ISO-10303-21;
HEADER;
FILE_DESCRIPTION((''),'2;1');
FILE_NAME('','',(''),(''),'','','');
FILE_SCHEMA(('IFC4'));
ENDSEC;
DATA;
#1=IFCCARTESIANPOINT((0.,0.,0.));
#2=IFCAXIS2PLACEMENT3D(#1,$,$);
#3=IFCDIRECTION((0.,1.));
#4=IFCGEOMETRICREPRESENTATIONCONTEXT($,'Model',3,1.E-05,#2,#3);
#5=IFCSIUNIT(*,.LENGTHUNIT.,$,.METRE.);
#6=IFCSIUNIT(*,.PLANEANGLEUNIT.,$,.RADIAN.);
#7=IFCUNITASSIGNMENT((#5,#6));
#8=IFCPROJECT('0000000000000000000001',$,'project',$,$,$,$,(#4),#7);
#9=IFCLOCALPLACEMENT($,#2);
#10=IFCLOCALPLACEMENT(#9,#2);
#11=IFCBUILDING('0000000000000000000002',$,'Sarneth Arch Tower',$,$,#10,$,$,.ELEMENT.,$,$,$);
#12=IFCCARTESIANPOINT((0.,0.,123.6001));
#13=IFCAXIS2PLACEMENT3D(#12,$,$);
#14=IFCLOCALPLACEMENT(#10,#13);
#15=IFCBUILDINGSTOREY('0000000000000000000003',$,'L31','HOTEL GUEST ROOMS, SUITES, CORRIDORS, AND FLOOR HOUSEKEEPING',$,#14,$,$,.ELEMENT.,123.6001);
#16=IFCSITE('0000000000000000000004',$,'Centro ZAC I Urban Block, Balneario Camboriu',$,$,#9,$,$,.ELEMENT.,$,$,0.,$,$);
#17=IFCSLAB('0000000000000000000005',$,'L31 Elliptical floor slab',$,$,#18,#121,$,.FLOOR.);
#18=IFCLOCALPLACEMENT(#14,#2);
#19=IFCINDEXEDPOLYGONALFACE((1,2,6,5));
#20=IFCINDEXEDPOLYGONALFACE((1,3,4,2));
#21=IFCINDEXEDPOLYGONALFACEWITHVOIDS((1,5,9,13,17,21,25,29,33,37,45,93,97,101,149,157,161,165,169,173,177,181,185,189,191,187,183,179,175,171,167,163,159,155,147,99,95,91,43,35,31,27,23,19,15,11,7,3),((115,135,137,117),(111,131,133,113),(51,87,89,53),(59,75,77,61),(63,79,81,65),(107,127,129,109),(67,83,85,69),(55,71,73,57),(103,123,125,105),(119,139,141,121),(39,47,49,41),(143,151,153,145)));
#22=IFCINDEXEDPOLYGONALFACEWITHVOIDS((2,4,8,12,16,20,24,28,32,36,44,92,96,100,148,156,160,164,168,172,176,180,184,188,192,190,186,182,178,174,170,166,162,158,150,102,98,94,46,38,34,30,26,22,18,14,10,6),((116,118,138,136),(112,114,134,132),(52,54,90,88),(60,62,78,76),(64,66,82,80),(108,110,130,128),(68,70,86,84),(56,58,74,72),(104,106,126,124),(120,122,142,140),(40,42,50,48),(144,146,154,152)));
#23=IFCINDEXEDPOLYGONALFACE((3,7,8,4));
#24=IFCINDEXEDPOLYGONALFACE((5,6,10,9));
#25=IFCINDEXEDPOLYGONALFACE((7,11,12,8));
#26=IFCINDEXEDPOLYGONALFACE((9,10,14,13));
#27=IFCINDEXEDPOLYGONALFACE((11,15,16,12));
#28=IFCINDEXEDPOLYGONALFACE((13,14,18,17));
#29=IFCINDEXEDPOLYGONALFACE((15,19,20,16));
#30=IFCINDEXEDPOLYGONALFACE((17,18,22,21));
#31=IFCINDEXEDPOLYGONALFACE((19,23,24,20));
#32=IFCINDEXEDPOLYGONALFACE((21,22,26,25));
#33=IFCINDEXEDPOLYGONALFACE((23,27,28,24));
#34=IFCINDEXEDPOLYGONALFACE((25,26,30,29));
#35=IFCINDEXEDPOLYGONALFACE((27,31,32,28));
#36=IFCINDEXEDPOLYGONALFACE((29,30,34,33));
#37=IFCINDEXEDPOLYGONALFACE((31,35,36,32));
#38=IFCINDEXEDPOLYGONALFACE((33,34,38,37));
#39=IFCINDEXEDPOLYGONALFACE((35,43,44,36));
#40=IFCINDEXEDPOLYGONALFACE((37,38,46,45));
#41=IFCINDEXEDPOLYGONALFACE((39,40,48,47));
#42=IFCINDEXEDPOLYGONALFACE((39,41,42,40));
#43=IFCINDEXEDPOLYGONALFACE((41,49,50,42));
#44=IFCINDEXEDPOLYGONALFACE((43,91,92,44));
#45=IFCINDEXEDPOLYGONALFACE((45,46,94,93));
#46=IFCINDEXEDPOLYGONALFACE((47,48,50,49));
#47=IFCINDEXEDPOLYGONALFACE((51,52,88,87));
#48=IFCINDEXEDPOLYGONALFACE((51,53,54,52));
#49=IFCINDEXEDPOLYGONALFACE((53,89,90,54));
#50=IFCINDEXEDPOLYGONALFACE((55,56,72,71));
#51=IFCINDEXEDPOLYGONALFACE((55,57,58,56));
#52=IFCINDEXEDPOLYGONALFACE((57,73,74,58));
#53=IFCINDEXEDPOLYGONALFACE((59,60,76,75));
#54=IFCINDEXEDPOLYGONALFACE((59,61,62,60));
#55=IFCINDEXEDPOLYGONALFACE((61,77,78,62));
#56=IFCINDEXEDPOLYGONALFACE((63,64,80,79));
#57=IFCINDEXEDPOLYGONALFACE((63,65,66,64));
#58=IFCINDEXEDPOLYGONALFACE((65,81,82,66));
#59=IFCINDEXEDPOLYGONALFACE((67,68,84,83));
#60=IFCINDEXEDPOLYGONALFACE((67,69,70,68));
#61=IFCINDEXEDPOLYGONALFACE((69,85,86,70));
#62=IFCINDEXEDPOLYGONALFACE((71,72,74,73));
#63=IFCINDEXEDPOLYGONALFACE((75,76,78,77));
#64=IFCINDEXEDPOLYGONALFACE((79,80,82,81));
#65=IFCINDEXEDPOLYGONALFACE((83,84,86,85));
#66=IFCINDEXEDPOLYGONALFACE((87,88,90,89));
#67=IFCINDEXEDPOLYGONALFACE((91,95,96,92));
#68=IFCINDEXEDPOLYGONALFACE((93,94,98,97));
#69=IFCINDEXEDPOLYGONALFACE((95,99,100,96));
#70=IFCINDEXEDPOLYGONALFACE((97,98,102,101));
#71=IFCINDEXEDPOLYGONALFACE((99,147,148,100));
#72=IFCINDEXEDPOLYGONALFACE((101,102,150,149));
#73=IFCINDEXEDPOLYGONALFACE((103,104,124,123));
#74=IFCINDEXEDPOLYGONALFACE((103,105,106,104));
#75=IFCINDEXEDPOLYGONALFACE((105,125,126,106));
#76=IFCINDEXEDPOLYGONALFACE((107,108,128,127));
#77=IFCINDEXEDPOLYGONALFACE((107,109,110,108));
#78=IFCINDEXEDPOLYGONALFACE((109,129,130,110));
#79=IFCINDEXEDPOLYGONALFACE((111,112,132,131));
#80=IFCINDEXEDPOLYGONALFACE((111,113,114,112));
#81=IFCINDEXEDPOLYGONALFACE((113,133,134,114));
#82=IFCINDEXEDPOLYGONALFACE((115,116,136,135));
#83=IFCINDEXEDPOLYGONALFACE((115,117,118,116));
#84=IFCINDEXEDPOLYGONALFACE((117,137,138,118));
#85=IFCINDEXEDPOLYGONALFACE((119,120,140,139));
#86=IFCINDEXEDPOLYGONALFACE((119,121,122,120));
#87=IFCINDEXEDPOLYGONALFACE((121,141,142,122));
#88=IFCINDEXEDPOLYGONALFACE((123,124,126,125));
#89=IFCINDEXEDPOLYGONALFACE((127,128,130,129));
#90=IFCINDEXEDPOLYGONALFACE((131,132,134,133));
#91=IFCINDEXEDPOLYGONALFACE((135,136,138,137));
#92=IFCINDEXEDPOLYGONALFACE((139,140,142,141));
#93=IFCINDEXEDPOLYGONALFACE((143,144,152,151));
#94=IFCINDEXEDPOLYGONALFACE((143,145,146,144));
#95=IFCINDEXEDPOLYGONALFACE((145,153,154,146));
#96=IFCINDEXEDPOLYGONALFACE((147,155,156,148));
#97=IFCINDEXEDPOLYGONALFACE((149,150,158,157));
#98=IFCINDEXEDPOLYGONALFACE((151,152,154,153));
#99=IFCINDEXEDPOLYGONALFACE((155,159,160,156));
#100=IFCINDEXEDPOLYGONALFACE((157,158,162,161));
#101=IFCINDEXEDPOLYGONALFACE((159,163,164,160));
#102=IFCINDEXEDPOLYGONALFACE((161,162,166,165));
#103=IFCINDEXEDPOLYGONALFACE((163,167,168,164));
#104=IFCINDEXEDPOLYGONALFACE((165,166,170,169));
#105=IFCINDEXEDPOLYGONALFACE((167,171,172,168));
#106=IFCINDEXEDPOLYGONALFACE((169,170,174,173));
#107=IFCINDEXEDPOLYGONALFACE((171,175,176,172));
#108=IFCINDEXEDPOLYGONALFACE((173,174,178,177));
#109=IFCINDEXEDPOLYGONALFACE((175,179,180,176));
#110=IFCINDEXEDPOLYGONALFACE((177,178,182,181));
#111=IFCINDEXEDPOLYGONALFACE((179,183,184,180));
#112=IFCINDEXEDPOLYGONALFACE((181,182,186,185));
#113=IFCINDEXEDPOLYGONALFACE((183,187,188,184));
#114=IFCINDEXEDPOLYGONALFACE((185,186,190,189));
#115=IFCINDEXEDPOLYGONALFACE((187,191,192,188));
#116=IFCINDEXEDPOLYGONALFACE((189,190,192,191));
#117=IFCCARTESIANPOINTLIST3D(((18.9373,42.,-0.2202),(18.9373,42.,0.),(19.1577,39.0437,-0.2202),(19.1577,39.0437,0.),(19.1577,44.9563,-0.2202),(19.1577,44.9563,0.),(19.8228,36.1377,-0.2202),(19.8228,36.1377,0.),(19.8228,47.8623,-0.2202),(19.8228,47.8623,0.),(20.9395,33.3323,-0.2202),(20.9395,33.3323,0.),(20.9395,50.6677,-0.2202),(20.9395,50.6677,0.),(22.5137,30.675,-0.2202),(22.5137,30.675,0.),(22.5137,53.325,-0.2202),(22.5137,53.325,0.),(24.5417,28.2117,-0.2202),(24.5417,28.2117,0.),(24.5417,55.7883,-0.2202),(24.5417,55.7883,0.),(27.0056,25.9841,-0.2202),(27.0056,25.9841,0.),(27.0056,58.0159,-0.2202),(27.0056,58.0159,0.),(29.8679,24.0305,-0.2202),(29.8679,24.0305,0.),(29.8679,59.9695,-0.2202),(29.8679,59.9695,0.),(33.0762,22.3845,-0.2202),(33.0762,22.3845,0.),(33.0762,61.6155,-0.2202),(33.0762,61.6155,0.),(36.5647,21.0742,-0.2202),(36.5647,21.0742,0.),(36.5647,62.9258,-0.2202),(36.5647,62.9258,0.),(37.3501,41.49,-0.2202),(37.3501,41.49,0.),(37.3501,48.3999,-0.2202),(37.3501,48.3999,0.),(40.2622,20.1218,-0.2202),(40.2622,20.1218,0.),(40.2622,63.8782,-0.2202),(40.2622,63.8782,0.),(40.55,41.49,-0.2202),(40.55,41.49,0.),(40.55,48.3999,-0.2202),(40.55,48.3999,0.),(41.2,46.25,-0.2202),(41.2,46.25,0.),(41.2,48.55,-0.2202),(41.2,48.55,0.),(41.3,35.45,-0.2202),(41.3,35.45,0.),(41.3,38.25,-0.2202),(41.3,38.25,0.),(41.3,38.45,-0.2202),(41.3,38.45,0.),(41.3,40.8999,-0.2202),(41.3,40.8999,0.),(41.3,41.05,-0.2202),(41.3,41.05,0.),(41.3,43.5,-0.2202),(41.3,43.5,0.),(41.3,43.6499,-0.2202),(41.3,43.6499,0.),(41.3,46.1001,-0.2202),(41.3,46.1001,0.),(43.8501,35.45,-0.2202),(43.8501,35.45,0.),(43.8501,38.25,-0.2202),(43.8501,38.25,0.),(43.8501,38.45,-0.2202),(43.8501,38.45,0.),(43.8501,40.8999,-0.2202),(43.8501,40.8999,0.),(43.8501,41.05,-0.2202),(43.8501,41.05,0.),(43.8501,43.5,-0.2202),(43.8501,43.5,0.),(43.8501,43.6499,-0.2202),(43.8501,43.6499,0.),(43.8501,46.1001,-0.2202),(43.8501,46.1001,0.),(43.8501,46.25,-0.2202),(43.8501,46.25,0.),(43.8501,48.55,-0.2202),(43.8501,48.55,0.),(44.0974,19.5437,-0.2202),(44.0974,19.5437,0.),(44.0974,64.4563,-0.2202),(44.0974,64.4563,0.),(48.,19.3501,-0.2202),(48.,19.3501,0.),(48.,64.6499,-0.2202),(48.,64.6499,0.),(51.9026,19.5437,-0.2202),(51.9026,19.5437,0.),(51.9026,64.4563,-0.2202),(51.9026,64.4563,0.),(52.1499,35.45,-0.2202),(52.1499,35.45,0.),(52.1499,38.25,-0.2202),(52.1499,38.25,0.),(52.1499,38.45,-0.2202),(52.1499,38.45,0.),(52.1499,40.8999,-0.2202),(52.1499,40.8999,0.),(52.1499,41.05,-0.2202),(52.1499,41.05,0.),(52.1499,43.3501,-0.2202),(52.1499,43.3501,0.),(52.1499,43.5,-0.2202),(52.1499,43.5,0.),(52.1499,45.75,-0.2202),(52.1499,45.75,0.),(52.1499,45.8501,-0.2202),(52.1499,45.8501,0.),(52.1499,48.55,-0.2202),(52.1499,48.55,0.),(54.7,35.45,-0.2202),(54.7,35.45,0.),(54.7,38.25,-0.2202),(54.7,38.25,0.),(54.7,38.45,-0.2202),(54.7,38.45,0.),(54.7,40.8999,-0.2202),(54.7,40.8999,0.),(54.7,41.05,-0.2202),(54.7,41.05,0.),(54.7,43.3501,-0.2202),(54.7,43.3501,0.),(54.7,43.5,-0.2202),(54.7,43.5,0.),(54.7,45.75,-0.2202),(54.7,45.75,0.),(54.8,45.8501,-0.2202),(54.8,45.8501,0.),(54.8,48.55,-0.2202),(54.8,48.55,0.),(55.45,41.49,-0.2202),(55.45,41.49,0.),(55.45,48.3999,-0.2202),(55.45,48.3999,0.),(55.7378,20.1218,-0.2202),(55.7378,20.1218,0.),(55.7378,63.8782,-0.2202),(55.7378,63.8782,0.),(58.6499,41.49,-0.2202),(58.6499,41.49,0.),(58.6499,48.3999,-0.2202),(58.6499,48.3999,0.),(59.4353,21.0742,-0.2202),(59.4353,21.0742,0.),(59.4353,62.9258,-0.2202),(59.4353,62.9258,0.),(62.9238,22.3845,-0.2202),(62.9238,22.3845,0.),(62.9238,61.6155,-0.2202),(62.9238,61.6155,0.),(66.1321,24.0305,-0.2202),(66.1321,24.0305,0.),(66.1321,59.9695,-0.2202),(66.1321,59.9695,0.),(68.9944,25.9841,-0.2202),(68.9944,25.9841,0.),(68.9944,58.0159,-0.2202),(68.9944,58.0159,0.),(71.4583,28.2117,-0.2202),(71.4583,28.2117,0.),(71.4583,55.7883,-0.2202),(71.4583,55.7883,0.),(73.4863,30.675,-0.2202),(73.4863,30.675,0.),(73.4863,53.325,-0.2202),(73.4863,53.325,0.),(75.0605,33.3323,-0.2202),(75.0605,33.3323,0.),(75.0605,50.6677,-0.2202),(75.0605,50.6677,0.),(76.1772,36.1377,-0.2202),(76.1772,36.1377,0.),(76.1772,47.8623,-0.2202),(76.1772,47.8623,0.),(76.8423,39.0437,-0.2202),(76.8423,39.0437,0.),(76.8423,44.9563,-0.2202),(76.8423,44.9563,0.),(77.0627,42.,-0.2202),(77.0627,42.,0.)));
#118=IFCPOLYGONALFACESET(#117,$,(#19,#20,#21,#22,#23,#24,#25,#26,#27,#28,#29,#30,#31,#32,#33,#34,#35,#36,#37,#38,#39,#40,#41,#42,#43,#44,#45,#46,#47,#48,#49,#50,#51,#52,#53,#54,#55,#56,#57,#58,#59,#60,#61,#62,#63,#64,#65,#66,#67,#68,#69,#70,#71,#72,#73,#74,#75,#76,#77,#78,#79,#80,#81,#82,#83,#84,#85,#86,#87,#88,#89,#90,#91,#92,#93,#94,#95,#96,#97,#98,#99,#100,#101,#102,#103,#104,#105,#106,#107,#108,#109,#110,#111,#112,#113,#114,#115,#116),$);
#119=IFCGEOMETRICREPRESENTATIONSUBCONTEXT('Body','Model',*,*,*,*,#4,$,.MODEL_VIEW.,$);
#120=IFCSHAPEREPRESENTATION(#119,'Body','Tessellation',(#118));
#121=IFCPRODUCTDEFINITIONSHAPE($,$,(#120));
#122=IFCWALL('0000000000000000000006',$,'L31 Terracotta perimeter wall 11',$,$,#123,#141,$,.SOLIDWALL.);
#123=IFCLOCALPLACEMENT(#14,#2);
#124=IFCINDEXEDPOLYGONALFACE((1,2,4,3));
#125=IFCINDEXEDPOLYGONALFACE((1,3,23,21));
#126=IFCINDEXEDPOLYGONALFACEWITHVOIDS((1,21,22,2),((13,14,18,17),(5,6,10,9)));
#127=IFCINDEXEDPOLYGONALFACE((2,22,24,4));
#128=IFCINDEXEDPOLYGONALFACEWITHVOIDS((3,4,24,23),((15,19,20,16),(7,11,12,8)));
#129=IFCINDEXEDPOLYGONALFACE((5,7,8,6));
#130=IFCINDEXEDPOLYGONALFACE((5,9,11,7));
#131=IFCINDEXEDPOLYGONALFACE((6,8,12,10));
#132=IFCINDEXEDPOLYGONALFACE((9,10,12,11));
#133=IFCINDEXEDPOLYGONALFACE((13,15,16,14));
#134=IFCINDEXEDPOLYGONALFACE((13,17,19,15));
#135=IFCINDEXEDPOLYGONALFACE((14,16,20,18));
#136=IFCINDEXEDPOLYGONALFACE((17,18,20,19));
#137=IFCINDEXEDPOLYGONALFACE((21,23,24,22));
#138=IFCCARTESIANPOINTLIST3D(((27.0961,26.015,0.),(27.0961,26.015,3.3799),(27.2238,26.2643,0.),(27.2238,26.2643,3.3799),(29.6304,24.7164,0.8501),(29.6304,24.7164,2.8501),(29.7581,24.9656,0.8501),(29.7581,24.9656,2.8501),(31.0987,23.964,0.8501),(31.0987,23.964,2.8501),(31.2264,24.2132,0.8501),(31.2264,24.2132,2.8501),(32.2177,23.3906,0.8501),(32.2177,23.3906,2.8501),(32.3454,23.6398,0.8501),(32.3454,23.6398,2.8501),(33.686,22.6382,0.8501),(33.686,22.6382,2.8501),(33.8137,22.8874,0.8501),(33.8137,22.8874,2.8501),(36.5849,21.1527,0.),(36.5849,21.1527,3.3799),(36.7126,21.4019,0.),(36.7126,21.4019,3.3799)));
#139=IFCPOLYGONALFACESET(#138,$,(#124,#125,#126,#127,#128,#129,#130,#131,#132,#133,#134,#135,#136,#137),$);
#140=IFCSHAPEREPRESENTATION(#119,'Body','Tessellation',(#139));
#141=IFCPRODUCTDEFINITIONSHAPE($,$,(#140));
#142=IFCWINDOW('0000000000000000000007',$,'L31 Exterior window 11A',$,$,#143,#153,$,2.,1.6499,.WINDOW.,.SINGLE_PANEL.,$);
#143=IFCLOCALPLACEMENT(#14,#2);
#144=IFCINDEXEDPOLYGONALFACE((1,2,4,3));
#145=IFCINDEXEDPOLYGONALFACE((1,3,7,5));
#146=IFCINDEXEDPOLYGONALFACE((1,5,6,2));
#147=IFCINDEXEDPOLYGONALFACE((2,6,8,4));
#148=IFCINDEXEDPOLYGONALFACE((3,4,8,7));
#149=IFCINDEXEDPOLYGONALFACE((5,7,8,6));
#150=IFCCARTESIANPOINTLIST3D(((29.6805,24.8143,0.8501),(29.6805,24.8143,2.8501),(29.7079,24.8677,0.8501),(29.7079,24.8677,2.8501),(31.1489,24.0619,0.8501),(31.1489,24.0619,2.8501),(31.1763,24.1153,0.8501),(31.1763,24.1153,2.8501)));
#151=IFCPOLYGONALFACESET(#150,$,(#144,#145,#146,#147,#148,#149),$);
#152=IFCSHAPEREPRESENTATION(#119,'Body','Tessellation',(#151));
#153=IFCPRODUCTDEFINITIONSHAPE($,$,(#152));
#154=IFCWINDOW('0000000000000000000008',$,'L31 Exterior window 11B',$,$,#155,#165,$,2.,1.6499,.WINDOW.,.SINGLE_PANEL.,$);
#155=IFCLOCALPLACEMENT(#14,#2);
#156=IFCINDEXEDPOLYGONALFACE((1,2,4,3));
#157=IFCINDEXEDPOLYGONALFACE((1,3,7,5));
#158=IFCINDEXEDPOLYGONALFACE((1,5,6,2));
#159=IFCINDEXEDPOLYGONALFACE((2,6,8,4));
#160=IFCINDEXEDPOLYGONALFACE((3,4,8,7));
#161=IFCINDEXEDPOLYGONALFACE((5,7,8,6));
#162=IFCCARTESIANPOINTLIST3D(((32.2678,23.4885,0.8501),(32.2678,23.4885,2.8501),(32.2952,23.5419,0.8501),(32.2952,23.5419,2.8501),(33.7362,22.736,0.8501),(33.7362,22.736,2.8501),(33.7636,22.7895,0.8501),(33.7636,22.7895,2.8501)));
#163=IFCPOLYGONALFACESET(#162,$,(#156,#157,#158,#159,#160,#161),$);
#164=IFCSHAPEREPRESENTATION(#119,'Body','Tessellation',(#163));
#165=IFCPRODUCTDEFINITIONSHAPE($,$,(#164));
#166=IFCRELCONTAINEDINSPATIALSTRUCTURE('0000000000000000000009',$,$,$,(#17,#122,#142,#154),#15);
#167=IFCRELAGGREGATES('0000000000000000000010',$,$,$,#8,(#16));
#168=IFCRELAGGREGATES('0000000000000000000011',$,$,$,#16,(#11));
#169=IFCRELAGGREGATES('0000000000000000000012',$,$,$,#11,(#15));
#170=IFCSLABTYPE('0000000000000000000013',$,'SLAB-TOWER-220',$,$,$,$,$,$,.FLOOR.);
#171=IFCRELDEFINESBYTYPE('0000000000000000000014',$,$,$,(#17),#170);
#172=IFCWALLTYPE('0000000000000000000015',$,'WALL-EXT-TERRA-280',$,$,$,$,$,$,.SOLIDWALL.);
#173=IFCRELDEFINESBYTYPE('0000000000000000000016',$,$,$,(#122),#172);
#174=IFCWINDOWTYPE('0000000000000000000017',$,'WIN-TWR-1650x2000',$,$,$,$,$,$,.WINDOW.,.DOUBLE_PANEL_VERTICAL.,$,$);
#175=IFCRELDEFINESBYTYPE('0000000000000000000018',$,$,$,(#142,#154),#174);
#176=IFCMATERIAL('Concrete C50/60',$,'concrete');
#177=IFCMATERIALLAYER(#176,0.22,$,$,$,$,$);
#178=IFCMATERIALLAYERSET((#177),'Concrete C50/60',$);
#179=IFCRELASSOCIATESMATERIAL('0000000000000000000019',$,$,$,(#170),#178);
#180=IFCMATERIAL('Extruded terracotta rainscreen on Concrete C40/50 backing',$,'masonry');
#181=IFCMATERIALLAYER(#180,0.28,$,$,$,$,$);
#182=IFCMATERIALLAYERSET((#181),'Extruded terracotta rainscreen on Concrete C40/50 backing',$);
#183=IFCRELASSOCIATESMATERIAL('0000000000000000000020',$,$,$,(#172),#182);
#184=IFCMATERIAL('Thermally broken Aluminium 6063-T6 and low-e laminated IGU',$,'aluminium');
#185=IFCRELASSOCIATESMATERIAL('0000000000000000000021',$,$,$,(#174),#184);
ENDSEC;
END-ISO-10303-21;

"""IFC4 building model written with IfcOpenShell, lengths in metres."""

from ifc_helpers import new_model, si_unit, direction, frame, frame_2d, origin, place, context, subcontext, project, spatial, polyline, rectangle, outline, extrude, material, layer, layer_set, type_object, element, fill, save


model = new_model("IFC4")

# Units and contexts
model_context = context("Model", 3, precision=1e-05, world=origin(), true_north=direction((0.0, 1.0)))
body_context = subcontext(model_context, "Body", "Model", "MODEL_VIEW")
ifc_project = project(units=[si_unit("LENGTHUNIT", "METRE"), si_unit("PLANEANGLEUNIT", "RADIAN")], contexts=[model_context])

# Site, building, storey
site_placement = place(None, origin())
site = spatial("IfcSite", under=ifc_project, at=site_placement, Name="Centro ZAC I Urban Block, Balneario Camboriu", CompositionType="ELEMENT", RefElevation=0.0)
building_placement = place(site_placement, origin())
building = spatial("IfcBuilding", under=site, at=building_placement, Name="Sarneth Arch Tower", CompositionType="ELEMENT")
storey_placement = place(building_placement, frame((0.0, 0.0, 123.6001)))
storey = spatial("IfcBuildingStorey", under=building, at=storey_placement, Name="L31", Description="HOTEL GUEST ROOMS, SUITES, CORRIDORS, AND FLOOR HOUSEKEEPING", CompositionType="ELEMENT", Elevation=123.6001)

# Slab
ifc_material_1 = material(Name="Concrete C50/60", Category="concrete")
ifc_layer_1 = layer(ifc_material_1, 0.22)
ifc_layer_set_1 = layer_set([ifc_layer_1], Name="Concrete C50/60")
slab_type_1 = type_object("IfcSlabType", Name="SLAB-TOWER-220", PredefinedType="FLOOR", material=ifc_layer_set_1)
slab_1_placement = place(storey_placement, frame((0.0, 0.0, -0.2202)))
element("IfcSlab", 1, at=slab_1_placement, inside=storey, type_object=slab_type_1, Name="L31 Elliptical floor slab", PredefinedType="FLOOR", context=body_context, shape_type="SweptSolid", body=[
    extrude(outline(polyline([(77.0627, 42.0), (76.8423, 44.9563), (76.1772, 47.8623), (75.0605, 50.6677), (73.4863, 53.325), (71.4583, 55.7883), (68.9944, 58.0159), (66.1321, 59.9695), (62.9238, 61.6155), (59.4353, 62.9258), (55.7378, 63.8782), (51.9026, 64.4563), (48.0, 64.6499), (44.0974, 64.4563), (40.2622, 63.8782), (36.5647, 62.9258), (33.0762, 61.6155), (29.8679, 59.9695), (27.0056, 58.0159), (24.5417, 55.7883), (22.5137, 53.325), (20.9395, 50.6677), (19.8228, 47.8623), (19.1577, 44.9563), (18.9373, 42.0), (19.1577, 39.0437), (19.8228, 36.1377), (20.9395, 33.3323), (22.5137, 30.675), (24.5417, 28.2117), (27.0056, 25.9841), (29.8679, 24.0305), (33.0762, 22.3845), (36.5647, 21.0742), (40.2622, 20.1218), (44.0974, 19.5437), (48.0, 19.3501), (51.9026, 19.5437), (55.7378, 20.1218), (59.4353, 21.0742), (62.9238, 22.3845), (66.1321, 24.0305), (68.9944, 25.9841), (71.4583, 28.2117), (73.4863, 30.675), (75.0605, 33.3323), (76.1772, 36.1377), (76.8423, 39.0437), (77.0627, 42.0)]), holes=[polyline([(37.3501, 41.49), (40.55, 41.49), (40.55, 48.3999), (37.3501, 48.3999), (37.3501, 41.49)]), polyline([(55.45, 41.49), (58.6499, 41.49), (58.6499, 48.3999), (55.45, 48.3999), (55.45, 41.49)]), polyline([(41.2, 46.25), (43.8501, 46.25), (43.8501, 48.55), (41.2, 48.55), (41.2, 46.25)]), polyline([(41.3, 35.45), (43.8501, 35.45), (43.8501, 38.25), (41.3, 38.25), (41.3, 35.45)]), polyline([(52.1499, 35.45), (54.7, 35.45), (54.7, 38.25), (52.1499, 38.25), (52.1499, 35.45)]), polyline([(52.1499, 45.8501), (54.8, 45.8501), (54.8, 48.55), (52.1499, 48.55), (52.1499, 45.8501)]), polyline([(41.3, 38.45), (43.8501, 38.45), (43.8501, 40.8999), (41.3, 40.8999), (41.3, 38.45)]), polyline([(41.3, 41.05), (43.8501, 41.05), (43.8501, 43.5), (41.3, 43.5), (41.3, 41.05)]), polyline([(41.3, 43.6499), (43.8501, 43.6499), (43.8501, 46.1001), (41.3, 46.1001), (41.3, 43.6499)]), polyline([(52.1499, 38.45), (54.7, 38.45), (54.7, 40.8999), (52.1499, 40.8999), (52.1499, 38.45)]), polyline([(52.1499, 41.05), (54.7, 41.05), (54.7, 43.3501), (52.1499, 43.3501), (52.1499, 41.05)]), polyline([(52.1499, 43.5), (54.7, 43.5), (54.7, 45.75), (52.1499, 45.75), (52.1499, 43.5)])]), origin(), (0.0, 0.0, 1.0), 0.2202),
])

# Wall, openings, windows
ifc_material_2 = material(Name="Extruded terracotta rainscreen on Concrete C40/50 backing", Category="masonry")
ifc_layer_2 = layer(ifc_material_2, 0.28)
ifc_layer_set_2 = layer_set([ifc_layer_2], Name="Extruded terracotta rainscreen on Concrete C40/50 backing")
wall_type_1 = type_object("IfcWallType", Name="WALL-EXT-TERRA-280", PredefinedType="SOLIDWALL", material=ifc_layer_set_2)
wall_1_placement = place(storey_placement, frame((27.1599, 26.1396, 0.0), z_axis=(0.0, 0.0, 1.0), x_axis=(0.88996, -0.45604, 0.0)))
wall_1 = element("IfcWall", 2, at=wall_1_placement, inside=storey, type_object=wall_type_1, Name="L31 Terracotta perimeter wall 11", PredefinedType="SOLIDWALL", context=body_context, shape_type="SweptSolid", body=[
    extrude(rectangle(XDim=10.6621, YDim=0.28, at=frame_2d((5.3311, 0.0))), origin(), (0.0, 0.0, 1.0), 3.3799),
])
opening_1_placement = place(wall_1_placement, frame((2.8477, 0.0, 0.8501)))
opening_1 = element("IfcOpeningElement", 3, at=opening_1_placement, cuts=wall_1, PredefinedType="OPENING", context=body_context, shape_type="SweptSolid", body=[
    extrude(rectangle(XDim=1.6499, YDim=2.0, at=frame_2d((0.825, 1.0))), frame((0.0, 0.1499, 0.0), z_axis=(0.0, -1.0, 0.0), x_axis=(1.0, 0.0, 0.0)), (0.0, 0.0, 1.0), 0.3),
])
opening_2_placement = place(wall_1_placement, frame((5.7549, 0.0, 0.8501)))
opening_2 = element("IfcOpeningElement", 4, at=opening_2_placement, cuts=wall_1, PredefinedType="OPENING", context=body_context, shape_type="SweptSolid", body=[
    extrude(rectangle(XDim=1.6499, YDim=2.0, at=frame_2d((0.825, 1.0))), frame((0.0, 0.1499, 0.0), z_axis=(0.0, -1.0, 0.0), x_axis=(1.0, 0.0, 0.0)), (0.0, 0.0, 1.0), 0.3),
])
ifc_material_3 = material(Name="Thermally broken Aluminium 6063-T6 and low-e laminated IGU", Category="aluminium")
window_type = type_object("IfcWindowType", Name="WIN-TWR-1650x2000", PartitioningType="DOUBLE_PANEL_VERTICAL", PredefinedType="WINDOW", material=ifc_material_3)
window_1_placement = place(opening_1_placement, origin())
window_1 = element("IfcWindow", 5, at=window_1_placement, inside=storey, type_object=window_type, Name="L31 Exterior window 11A", OverallHeight=2.0, OverallWidth=1.6499, PartitioningType="SINGLE_PANEL", PredefinedType="WINDOW", context=body_context, shape_type="SweptSolid", body=[
    extrude(rectangle(XDim=1.6499, YDim=2.0, at=frame_2d((0.825, 1.0))), frame((0.0, 0.03, 0.0), z_axis=(0.0, -1.0, 0.0), x_axis=(1.0, 0.0, 0.0)), (0.0, 0.0, 1.0), 0.0601),
])
fill(opening_1, window_1)
window_2_placement = place(opening_2_placement, origin())
window_2 = element("IfcWindow", 6, at=window_2_placement, inside=storey, type_object=window_type, Name="L31 Exterior window 11B", OverallHeight=2.0, OverallWidth=1.6499, PartitioningType="SINGLE_PANEL", PredefinedType="WINDOW", context=body_context, shape_type="SweptSolid", body=[
    extrude(rectangle(XDim=1.6499, YDim=2.0, at=frame_2d((0.825, 1.0))), frame((0.0, 0.03, 0.0), z_axis=(0.0, -1.0, 0.0), x_axis=(1.0, 0.0, 0.0)), (0.0, 0.0, 1.0), 0.0601),
])
fill(opening_2, window_2)

save(model, "model.ifc")
